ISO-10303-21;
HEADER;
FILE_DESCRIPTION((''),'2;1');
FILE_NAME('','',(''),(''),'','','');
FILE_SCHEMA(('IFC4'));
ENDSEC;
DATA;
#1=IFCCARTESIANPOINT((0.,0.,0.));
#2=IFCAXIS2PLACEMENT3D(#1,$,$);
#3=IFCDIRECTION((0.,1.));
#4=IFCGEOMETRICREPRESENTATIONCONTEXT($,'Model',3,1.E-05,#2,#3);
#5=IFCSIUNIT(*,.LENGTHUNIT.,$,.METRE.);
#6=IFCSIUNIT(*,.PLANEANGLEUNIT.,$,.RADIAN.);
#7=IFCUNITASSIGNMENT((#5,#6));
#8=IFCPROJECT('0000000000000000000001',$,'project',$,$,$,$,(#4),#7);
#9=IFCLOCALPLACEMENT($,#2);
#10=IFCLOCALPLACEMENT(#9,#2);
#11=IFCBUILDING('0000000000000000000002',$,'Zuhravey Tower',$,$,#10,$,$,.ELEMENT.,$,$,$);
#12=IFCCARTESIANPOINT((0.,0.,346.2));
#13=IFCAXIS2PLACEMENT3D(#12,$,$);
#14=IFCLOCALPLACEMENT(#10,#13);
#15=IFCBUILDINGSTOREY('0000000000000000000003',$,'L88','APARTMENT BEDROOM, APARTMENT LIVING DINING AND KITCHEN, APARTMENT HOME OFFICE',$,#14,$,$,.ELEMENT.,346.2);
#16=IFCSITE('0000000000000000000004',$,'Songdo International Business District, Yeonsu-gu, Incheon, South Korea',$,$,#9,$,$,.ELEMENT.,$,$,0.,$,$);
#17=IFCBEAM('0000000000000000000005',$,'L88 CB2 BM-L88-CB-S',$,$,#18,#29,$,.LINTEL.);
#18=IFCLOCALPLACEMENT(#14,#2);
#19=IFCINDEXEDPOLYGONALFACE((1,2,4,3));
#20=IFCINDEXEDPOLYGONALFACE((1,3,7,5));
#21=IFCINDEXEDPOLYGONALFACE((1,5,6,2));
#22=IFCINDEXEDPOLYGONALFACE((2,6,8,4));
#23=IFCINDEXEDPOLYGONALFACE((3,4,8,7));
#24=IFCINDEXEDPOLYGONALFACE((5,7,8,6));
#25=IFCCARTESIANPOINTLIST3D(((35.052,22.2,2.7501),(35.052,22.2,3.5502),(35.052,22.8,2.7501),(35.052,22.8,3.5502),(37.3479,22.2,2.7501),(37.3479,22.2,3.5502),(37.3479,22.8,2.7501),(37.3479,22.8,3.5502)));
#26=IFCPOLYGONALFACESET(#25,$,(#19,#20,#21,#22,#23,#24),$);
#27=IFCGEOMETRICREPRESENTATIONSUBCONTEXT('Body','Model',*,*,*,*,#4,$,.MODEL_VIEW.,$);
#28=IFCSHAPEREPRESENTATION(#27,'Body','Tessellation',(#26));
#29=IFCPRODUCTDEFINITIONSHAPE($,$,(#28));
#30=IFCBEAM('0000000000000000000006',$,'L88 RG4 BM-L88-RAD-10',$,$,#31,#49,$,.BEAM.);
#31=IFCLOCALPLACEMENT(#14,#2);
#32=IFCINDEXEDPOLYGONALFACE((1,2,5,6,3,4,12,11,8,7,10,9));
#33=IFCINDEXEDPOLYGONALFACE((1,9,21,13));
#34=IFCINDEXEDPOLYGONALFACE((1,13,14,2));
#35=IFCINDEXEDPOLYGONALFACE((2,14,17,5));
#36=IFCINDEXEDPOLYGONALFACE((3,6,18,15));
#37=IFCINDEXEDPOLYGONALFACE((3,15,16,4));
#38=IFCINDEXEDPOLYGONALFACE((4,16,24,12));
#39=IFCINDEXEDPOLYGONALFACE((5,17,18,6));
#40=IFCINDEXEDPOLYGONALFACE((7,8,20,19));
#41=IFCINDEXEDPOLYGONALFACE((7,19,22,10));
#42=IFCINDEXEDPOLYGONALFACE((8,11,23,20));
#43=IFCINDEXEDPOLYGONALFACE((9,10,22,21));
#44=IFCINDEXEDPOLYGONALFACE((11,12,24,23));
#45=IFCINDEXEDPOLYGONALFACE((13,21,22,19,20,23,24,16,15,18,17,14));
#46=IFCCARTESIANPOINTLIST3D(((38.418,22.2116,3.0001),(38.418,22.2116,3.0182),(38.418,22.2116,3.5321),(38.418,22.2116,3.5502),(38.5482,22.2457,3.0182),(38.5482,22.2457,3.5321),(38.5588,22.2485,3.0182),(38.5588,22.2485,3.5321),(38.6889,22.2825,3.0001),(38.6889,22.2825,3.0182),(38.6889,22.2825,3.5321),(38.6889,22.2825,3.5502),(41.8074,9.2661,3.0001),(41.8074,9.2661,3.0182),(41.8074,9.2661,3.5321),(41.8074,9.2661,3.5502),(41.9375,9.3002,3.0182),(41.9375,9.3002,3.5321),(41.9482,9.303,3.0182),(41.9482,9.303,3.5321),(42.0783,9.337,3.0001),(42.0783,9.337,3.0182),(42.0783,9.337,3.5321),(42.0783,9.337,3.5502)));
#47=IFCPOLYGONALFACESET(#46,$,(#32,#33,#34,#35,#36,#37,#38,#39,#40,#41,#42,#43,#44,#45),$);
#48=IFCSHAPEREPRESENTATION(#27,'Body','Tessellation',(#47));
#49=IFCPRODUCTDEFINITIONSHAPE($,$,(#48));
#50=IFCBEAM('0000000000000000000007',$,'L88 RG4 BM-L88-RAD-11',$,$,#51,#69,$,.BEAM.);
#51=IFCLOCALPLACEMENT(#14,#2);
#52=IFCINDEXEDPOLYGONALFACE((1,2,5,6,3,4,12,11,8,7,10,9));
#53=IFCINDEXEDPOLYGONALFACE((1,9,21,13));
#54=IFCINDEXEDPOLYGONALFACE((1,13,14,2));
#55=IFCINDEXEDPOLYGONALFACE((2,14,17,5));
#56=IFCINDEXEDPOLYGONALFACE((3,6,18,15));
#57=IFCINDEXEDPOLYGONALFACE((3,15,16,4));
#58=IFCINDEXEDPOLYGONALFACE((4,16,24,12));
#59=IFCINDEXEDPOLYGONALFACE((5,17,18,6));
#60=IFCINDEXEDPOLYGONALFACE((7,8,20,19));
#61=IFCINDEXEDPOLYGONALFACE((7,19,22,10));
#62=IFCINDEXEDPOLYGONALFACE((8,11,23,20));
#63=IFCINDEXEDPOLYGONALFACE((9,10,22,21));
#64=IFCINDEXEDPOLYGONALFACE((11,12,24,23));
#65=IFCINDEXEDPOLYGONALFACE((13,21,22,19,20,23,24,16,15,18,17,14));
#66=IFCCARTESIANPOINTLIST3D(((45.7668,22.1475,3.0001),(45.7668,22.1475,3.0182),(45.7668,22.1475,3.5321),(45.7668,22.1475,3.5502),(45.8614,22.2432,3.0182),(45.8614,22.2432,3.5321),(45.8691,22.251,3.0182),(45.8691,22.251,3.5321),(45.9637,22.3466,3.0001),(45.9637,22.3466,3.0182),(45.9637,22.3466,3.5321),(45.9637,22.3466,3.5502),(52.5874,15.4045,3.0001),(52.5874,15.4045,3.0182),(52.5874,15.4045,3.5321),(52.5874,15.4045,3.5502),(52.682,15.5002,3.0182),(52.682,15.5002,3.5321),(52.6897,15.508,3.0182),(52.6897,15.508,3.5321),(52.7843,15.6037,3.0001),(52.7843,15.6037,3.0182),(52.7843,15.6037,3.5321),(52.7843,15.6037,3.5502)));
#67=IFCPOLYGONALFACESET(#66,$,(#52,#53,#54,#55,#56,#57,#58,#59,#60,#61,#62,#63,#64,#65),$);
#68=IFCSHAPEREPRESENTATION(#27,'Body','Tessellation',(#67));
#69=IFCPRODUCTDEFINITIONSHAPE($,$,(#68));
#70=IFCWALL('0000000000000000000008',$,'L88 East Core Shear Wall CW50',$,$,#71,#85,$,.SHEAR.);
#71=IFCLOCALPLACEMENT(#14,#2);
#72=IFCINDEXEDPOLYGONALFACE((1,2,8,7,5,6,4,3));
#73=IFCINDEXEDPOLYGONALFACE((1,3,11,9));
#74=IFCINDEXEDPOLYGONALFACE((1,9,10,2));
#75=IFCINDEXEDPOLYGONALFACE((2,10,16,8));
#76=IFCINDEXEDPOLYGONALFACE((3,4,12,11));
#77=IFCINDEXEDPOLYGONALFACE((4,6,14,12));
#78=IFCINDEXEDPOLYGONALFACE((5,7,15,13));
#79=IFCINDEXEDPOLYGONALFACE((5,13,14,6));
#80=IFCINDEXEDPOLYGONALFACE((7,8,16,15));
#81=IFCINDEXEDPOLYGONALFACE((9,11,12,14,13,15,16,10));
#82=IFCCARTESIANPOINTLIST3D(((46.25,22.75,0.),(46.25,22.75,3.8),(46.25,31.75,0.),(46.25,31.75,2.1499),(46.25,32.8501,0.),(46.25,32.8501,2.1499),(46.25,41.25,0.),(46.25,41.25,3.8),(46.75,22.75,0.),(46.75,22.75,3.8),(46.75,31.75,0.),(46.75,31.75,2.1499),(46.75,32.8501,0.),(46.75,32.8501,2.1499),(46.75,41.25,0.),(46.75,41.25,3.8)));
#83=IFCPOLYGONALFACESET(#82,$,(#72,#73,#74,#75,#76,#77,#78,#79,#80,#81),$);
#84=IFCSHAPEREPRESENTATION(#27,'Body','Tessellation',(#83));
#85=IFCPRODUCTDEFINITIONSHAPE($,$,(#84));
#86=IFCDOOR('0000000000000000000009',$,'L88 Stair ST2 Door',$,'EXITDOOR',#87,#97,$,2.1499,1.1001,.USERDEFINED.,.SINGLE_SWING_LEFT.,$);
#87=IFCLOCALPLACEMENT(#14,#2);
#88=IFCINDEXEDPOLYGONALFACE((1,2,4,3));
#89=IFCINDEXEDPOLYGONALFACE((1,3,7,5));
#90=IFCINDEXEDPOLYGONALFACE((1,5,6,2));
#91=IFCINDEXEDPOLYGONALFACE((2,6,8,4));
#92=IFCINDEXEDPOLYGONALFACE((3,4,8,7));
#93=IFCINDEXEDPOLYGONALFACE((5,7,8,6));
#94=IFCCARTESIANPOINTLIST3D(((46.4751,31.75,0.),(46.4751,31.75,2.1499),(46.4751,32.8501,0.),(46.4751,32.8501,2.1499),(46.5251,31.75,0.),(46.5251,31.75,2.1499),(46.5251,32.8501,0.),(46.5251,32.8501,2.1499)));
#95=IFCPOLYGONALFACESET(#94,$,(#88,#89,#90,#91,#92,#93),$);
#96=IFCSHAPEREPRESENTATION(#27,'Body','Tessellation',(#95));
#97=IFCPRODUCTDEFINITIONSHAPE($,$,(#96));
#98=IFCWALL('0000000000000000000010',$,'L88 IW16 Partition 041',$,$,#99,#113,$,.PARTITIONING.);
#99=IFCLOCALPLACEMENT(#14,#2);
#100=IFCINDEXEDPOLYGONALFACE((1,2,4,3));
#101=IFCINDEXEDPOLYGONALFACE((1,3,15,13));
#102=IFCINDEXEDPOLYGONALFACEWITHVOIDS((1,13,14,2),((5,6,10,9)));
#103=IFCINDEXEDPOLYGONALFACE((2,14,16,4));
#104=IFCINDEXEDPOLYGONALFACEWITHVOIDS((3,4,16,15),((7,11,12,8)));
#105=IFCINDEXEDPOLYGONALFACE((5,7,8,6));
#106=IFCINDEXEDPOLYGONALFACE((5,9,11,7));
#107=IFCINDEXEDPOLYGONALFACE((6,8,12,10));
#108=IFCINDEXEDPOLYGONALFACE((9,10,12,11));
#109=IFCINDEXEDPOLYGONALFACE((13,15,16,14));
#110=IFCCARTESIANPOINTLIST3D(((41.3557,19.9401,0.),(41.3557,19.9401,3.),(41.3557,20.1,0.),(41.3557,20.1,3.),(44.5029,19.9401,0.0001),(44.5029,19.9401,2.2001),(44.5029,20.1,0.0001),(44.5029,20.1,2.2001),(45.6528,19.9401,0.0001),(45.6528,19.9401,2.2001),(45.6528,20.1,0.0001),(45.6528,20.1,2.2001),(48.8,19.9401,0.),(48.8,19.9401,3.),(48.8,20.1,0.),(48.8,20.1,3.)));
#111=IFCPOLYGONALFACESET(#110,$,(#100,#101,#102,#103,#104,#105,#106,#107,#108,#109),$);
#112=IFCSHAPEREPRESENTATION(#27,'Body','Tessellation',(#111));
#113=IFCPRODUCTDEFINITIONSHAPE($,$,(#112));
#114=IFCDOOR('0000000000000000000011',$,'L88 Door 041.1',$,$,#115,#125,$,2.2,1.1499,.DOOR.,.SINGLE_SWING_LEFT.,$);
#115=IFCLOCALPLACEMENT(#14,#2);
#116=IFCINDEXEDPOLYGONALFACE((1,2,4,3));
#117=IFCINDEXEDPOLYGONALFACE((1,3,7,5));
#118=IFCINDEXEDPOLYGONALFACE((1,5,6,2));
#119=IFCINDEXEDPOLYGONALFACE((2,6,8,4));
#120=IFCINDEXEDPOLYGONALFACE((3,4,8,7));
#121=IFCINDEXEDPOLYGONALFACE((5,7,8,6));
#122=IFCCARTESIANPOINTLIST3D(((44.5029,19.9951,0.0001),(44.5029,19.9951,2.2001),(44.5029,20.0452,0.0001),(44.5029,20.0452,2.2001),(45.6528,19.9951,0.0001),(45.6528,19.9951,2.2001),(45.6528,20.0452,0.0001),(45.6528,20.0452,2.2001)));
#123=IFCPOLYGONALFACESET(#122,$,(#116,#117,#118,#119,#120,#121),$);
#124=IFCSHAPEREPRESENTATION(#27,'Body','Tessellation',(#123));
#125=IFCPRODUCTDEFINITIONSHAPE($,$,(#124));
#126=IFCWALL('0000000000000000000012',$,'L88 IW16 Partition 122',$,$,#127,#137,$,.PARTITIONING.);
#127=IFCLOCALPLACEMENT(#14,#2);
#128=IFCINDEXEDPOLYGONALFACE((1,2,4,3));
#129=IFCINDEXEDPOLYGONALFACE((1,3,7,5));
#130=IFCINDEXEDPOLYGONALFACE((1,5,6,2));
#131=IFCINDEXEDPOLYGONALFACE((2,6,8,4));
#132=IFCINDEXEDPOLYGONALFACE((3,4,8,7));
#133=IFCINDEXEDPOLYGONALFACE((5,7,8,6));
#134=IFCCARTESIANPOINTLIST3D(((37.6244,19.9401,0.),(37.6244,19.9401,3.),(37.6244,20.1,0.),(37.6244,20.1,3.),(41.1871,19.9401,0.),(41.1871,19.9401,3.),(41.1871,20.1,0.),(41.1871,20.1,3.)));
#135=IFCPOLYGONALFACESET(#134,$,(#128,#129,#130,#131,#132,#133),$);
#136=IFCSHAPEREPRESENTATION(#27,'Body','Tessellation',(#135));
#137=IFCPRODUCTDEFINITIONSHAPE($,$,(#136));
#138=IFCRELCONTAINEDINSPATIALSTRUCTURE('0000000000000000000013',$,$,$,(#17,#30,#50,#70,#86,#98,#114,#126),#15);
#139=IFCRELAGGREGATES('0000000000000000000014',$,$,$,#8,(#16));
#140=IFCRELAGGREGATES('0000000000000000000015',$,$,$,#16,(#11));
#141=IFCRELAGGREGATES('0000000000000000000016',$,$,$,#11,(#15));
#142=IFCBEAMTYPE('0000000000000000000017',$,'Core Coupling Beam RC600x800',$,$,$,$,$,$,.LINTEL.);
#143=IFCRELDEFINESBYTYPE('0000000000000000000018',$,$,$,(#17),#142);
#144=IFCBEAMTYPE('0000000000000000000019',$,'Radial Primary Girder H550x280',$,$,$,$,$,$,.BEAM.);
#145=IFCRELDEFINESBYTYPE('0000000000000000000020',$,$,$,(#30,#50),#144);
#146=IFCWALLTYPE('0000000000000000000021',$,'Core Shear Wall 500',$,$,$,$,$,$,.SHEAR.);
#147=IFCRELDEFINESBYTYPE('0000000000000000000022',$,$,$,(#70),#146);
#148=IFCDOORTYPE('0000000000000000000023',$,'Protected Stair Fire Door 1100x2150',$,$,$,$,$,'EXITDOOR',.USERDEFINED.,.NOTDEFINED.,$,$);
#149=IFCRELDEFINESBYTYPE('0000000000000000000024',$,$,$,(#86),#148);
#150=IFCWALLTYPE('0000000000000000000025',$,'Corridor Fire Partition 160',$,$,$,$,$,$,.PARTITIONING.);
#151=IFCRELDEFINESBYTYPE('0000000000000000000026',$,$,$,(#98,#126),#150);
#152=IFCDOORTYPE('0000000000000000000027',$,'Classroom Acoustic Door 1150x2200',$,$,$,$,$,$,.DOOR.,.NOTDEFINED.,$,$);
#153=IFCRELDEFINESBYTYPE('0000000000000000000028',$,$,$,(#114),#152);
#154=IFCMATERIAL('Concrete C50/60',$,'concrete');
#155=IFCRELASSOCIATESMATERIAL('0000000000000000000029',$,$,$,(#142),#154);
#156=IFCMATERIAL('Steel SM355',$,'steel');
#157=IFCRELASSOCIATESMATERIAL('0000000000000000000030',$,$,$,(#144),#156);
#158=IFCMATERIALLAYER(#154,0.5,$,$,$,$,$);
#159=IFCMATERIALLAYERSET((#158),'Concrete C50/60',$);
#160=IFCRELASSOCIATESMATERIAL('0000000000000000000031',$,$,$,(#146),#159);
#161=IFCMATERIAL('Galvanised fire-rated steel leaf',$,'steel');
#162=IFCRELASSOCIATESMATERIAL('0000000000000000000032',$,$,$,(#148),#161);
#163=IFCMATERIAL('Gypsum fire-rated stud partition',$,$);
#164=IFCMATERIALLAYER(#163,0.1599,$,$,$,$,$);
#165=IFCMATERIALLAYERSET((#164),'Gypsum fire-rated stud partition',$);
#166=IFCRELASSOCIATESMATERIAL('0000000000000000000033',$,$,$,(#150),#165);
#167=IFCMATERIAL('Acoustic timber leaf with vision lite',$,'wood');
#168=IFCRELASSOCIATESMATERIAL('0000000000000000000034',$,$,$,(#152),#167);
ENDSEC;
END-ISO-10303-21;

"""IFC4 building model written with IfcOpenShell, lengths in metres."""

from ifc_helpers import new_model, si_unit, direction, frame, frame_2d, origin, origin_2d, place, context, subcontext, project, spatial, rectangle, i_section, extrude, material, layer, layer_set, material_profile, profile_set, type_object, element, fill, save


model = new_model("IFC4")

# Units and contexts
model_context = context("Model", 3, precision=1e-05, world=origin(), true_north=direction((0.0, 1.0)))
body_context = subcontext(model_context, "Body", "Model", "MODEL_VIEW")
ifc_project = project(units=[si_unit("LENGTHUNIT", "METRE"), si_unit("PLANEANGLEUNIT", "RADIAN")], contexts=[model_context])

# Site, building, storey
site_placement = place(None, origin())
site = spatial("IfcSite", under=ifc_project, at=site_placement, Name="Songdo International Business District, Yeonsu-gu, Incheon, South Korea", CompositionType="ELEMENT", RefElevation=0.0)
building_placement = place(site_placement, origin())
building = spatial("IfcBuilding", under=site, at=building_placement, Name="Zuhravey Tower", CompositionType="ELEMENT")
storey_placement = place(building_placement, frame((0.0, 0.0, 346.2)))
storey = spatial("IfcBuildingStorey", under=building, at=storey_placement, Name="L88", Description="APARTMENT BEDROOM, APARTMENT LIVING DINING AND KITCHEN, APARTMENT HOME OFFICE", CompositionType="ELEMENT", Elevation=346.2)

# Beams
ifc_material_1 = material(Name="Concrete C50/60", Category="concrete")
ifc_material_profile_1 = material_profile(ifc_material_1, rectangle(XDim=0.6001, YDim=0.8, at=origin_2d()), Name="RC-600x800")
ifc_profile_set_1 = profile_set([ifc_material_profile_1], Name="Concrete C50/60")
beam_type_1 = type_object("IfcBeamType", Name="Core Coupling Beam RC600x800", PredefinedType="LINTEL", material=ifc_profile_set_1)
beam_1_placement = place(storey_placement, frame((35.052, 22.5, 3.1501), z_axis=(1.0, 0.0, 0.0), x_axis=(0.0, 1.0, 0.0)))
element("IfcBeam", 1, at=beam_1_placement, inside=storey, type_object=beam_type_1, Name="L88 CB2 BM-L88-CB-S", PredefinedType="LINTEL", context=body_context, shape_type="SweptSolid", body=[
    extrude(rectangle(XDim=0.6001, YDim=0.8, at=origin_2d()), origin(), (0.0, 0.0, 1.0), 2.2959),
])
ifc_material_2 = material(Name="Steel SM355", Category="steel")
ifc_material_profile_2 = material_profile(ifc_material_2, i_section(OverallWidth=0.28, OverallDepth=0.55, WebThickness=0.011, FlangeThickness=0.0181, at=origin_2d()), Name="H-550x280x11x18")
ifc_profile_set_2 = profile_set([ifc_material_profile_2], Name="Steel SM355")
beam_type_2 = type_object("IfcBeamType", Name="Radial Primary Girder H550x280", PredefinedType="BEAM", material=ifc_profile_set_2)
beam_2_placement = place(storey_placement, frame((38.5535, 22.2471, 3.2751), z_axis=(0.253283, -0.967392, 0.0), x_axis=(0.967392, 0.253283, 0.0)))
element("IfcBeam", 2, at=beam_2_placement, inside=storey, type_object=beam_type_2, Name="L88 RG4 BM-L88-RAD-10", PredefinedType="BEAM", context=body_context, shape_type="SweptSolid", body=[
    extrude(i_section(OverallWidth=0.28, OverallDepth=0.55, WebThickness=0.011, FlangeThickness=0.0181, at=origin_2d()), origin(), (0.0, 0.0, 1.0), 13.3818),
])
beam_3_placement = place(storey_placement, frame((45.8652, 22.2471, 3.2751), z_axis=(0.711143, -0.703048, 0.0), x_axis=(0.703048, 0.711143, 0.0)))
element("IfcBeam", 3, at=beam_3_placement, inside=storey, type_object=beam_type_2, Name="L88 RG4 BM-L88-RAD-11", PredefinedType="BEAM", context=body_context, shape_type="SweptSolid", body=[
    extrude(i_section(OverallWidth=0.28, OverallDepth=0.55, WebThickness=0.011, FlangeThickness=0.0181, at=origin_2d()), origin(), (0.0, 0.0, 1.0), 9.5911),
])

# Walls, openings, doors
ifc_layer_1 = layer(ifc_material_1, 0.5)
ifc_layer_set_1 = layer_set([ifc_layer_1], Name="Concrete C50/60")
wall_type_1 = type_object("IfcWallType", Name="Core Shear Wall 500", PredefinedType="SHEAR", material=ifc_layer_set_1)
ifc_material_3 = material(Name="Galvanised fire-rated steel leaf", Category="steel")
wall_1_placement = place(storey_placement, frame((46.5, 22.75, 0.0), z_axis=(0.0, 0.0, 1.0), x_axis=(0.0, 1.0, 0.0)))
wall_1 = element("IfcWall", 4, at=wall_1_placement, inside=storey, type_object=wall_type_1, Name="L88 East Core Shear Wall CW50", PredefinedType="SHEAR", context=body_context, shape_type="SweptSolid", body=[
    extrude(rectangle(XDim=18.5, YDim=0.5, at=frame_2d((9.25, 0.0))), origin(), (0.0, 0.0, 1.0), 3.8),
])
opening_1_placement = place(wall_1_placement, frame((9.0, 0.0, 0.0)))
opening_1 = element("IfcOpeningElement", 5, at=opening_1_placement, cuts=wall_1, PredefinedType="OPENING", context=body_context, shape_type="SweptSolid", body=[
    extrude(rectangle(XDim=1.1001, YDim=2.1499, at=frame_2d((0.55, 1.075))), frame((0.0, 0.262, 0.0), z_axis=(0.0, -1.0, 0.0), x_axis=(1.0, 0.0, 0.0)), (0.0, 0.0, 1.0), 0.5239),
])
door_type_1 = type_object("IfcDoorType", Name="Protected Stair Fire Door 1100x2150", ElementType="EXITDOOR", OperationType="NOTDEFINED", PredefinedType="USERDEFINED", material=ifc_material_3)
door_1_placement = place(opening_1_placement, origin())
door_1 = element("IfcDoor", 6, at=door_1_placement, inside=storey, type_object=door_type_1, Name="L88 Stair ST2 Door", ObjectType="EXITDOOR", OperationType="SINGLE_SWING_LEFT", OverallHeight=2.1499, OverallWidth=1.1001, PredefinedType="USERDEFINED", context=body_context, shape_type="SweptSolid", body=[
    extrude(rectangle(XDim=1.1001, YDim=2.1499, at=frame_2d((0.55, 1.075))), frame((0.0, 0.0249, 0.0), z_axis=(0.0, -1.0, 0.0), x_axis=(1.0, 0.0, 0.0)), (0.0, 0.0, 1.0), 0.05),
])
fill(opening_1, door_1)
ifc_material_4 = material(Name="Gypsum fire-rated stud partition")
ifc_layer_2 = layer(ifc_material_4, 0.1599)
ifc_layer_set_2 = layer_set([ifc_layer_2], Name="Gypsum fire-rated stud partition")
wall_type_2 = type_object("IfcWallType", Name="Corridor Fire Partition 160", PredefinedType="PARTITIONING", material=ifc_layer_set_2)
wall_2_placement = place(storey_placement, frame((41.3557, 20.02, 0.0), z_axis=(0.0, 0.0, 1.0), x_axis=(1.0, 0.0, 0.0)))
wall_2 = element("IfcWall", 7, at=wall_2_placement, inside=storey, type_object=wall_type_2, Name="L88 IW16 Partition 041", PredefinedType="PARTITIONING", context=body_context, shape_type="SweptSolid", body=[
    extrude(rectangle(XDim=7.4443, YDim=0.1599, at=frame_2d((3.7222, 0.0))), origin(), (0.0, 0.0, 1.0), 3.0),
])
opening_2_placement = place(wall_2_placement, frame((3.1472, 0.0, 0.0)))
opening_2 = element("IfcOpeningElement", 8, at=opening_2_placement, cuts=wall_2, PredefinedType="OPENING", context=body_context, shape_type="SweptSolid", body=[
    extrude(rectangle(XDim=1.1499, YDim=2.2, at=frame_2d((0.575, 1.1001))), frame((0.0, 0.092, 0.0), z_axis=(0.0, -1.0, 0.0), x_axis=(1.0, 0.0, 0.0)), (0.0, 0.0, 1.0), 0.1838),
])
ifc_material_5 = material(Name="Acoustic timber leaf with vision lite", Category="wood")
door_type_2 = type_object("IfcDoorType", Name="Classroom Acoustic Door 1150x2200", OperationType="NOTDEFINED", PredefinedType="DOOR", material=ifc_material_5)
door_2_placement = place(opening_2_placement, frame((1.1499, 0.0, 0.0), z_axis=(0.0, 0.0, 1.0), x_axis=(-1.0, 0.0, 0.0)))
door_2 = element("IfcDoor", 9, at=door_2_placement, inside=storey, type_object=door_type_2, Name="L88 Door 041.1", OperationType="SINGLE_SWING_LEFT", OverallHeight=2.2, OverallWidth=1.1499, PredefinedType="DOOR", context=body_context, shape_type="SweptSolid", body=[
    extrude(rectangle(XDim=1.1499, YDim=2.2, at=frame_2d((0.575, 1.1001))), frame((0.0, 0.0249, 0.0), z_axis=(0.0, -1.0, 0.0), x_axis=(1.0, 0.0, 0.0)), (0.0, 0.0, 1.0), 0.05),
])
fill(opening_2, door_2)

# Wall
wall_3_placement = place(storey_placement, frame((37.6245, 20.02, 0.0), z_axis=(0.0, 0.0, 1.0), x_axis=(1.0, 0.0, 0.0)))
element("IfcWall", 10, at=wall_3_placement, inside=storey, type_object=wall_type_2, Name="L88 IW16 Partition 122", PredefinedType="PARTITIONING", context=body_context, shape_type="SweptSolid", body=[
    extrude(rectangle(XDim=3.5627, YDim=0.1599, at=frame_2d((1.7812, 0.0))), origin(), (0.0, 0.0, 1.0), 3.0),
])

save(model, "model.ifc")
